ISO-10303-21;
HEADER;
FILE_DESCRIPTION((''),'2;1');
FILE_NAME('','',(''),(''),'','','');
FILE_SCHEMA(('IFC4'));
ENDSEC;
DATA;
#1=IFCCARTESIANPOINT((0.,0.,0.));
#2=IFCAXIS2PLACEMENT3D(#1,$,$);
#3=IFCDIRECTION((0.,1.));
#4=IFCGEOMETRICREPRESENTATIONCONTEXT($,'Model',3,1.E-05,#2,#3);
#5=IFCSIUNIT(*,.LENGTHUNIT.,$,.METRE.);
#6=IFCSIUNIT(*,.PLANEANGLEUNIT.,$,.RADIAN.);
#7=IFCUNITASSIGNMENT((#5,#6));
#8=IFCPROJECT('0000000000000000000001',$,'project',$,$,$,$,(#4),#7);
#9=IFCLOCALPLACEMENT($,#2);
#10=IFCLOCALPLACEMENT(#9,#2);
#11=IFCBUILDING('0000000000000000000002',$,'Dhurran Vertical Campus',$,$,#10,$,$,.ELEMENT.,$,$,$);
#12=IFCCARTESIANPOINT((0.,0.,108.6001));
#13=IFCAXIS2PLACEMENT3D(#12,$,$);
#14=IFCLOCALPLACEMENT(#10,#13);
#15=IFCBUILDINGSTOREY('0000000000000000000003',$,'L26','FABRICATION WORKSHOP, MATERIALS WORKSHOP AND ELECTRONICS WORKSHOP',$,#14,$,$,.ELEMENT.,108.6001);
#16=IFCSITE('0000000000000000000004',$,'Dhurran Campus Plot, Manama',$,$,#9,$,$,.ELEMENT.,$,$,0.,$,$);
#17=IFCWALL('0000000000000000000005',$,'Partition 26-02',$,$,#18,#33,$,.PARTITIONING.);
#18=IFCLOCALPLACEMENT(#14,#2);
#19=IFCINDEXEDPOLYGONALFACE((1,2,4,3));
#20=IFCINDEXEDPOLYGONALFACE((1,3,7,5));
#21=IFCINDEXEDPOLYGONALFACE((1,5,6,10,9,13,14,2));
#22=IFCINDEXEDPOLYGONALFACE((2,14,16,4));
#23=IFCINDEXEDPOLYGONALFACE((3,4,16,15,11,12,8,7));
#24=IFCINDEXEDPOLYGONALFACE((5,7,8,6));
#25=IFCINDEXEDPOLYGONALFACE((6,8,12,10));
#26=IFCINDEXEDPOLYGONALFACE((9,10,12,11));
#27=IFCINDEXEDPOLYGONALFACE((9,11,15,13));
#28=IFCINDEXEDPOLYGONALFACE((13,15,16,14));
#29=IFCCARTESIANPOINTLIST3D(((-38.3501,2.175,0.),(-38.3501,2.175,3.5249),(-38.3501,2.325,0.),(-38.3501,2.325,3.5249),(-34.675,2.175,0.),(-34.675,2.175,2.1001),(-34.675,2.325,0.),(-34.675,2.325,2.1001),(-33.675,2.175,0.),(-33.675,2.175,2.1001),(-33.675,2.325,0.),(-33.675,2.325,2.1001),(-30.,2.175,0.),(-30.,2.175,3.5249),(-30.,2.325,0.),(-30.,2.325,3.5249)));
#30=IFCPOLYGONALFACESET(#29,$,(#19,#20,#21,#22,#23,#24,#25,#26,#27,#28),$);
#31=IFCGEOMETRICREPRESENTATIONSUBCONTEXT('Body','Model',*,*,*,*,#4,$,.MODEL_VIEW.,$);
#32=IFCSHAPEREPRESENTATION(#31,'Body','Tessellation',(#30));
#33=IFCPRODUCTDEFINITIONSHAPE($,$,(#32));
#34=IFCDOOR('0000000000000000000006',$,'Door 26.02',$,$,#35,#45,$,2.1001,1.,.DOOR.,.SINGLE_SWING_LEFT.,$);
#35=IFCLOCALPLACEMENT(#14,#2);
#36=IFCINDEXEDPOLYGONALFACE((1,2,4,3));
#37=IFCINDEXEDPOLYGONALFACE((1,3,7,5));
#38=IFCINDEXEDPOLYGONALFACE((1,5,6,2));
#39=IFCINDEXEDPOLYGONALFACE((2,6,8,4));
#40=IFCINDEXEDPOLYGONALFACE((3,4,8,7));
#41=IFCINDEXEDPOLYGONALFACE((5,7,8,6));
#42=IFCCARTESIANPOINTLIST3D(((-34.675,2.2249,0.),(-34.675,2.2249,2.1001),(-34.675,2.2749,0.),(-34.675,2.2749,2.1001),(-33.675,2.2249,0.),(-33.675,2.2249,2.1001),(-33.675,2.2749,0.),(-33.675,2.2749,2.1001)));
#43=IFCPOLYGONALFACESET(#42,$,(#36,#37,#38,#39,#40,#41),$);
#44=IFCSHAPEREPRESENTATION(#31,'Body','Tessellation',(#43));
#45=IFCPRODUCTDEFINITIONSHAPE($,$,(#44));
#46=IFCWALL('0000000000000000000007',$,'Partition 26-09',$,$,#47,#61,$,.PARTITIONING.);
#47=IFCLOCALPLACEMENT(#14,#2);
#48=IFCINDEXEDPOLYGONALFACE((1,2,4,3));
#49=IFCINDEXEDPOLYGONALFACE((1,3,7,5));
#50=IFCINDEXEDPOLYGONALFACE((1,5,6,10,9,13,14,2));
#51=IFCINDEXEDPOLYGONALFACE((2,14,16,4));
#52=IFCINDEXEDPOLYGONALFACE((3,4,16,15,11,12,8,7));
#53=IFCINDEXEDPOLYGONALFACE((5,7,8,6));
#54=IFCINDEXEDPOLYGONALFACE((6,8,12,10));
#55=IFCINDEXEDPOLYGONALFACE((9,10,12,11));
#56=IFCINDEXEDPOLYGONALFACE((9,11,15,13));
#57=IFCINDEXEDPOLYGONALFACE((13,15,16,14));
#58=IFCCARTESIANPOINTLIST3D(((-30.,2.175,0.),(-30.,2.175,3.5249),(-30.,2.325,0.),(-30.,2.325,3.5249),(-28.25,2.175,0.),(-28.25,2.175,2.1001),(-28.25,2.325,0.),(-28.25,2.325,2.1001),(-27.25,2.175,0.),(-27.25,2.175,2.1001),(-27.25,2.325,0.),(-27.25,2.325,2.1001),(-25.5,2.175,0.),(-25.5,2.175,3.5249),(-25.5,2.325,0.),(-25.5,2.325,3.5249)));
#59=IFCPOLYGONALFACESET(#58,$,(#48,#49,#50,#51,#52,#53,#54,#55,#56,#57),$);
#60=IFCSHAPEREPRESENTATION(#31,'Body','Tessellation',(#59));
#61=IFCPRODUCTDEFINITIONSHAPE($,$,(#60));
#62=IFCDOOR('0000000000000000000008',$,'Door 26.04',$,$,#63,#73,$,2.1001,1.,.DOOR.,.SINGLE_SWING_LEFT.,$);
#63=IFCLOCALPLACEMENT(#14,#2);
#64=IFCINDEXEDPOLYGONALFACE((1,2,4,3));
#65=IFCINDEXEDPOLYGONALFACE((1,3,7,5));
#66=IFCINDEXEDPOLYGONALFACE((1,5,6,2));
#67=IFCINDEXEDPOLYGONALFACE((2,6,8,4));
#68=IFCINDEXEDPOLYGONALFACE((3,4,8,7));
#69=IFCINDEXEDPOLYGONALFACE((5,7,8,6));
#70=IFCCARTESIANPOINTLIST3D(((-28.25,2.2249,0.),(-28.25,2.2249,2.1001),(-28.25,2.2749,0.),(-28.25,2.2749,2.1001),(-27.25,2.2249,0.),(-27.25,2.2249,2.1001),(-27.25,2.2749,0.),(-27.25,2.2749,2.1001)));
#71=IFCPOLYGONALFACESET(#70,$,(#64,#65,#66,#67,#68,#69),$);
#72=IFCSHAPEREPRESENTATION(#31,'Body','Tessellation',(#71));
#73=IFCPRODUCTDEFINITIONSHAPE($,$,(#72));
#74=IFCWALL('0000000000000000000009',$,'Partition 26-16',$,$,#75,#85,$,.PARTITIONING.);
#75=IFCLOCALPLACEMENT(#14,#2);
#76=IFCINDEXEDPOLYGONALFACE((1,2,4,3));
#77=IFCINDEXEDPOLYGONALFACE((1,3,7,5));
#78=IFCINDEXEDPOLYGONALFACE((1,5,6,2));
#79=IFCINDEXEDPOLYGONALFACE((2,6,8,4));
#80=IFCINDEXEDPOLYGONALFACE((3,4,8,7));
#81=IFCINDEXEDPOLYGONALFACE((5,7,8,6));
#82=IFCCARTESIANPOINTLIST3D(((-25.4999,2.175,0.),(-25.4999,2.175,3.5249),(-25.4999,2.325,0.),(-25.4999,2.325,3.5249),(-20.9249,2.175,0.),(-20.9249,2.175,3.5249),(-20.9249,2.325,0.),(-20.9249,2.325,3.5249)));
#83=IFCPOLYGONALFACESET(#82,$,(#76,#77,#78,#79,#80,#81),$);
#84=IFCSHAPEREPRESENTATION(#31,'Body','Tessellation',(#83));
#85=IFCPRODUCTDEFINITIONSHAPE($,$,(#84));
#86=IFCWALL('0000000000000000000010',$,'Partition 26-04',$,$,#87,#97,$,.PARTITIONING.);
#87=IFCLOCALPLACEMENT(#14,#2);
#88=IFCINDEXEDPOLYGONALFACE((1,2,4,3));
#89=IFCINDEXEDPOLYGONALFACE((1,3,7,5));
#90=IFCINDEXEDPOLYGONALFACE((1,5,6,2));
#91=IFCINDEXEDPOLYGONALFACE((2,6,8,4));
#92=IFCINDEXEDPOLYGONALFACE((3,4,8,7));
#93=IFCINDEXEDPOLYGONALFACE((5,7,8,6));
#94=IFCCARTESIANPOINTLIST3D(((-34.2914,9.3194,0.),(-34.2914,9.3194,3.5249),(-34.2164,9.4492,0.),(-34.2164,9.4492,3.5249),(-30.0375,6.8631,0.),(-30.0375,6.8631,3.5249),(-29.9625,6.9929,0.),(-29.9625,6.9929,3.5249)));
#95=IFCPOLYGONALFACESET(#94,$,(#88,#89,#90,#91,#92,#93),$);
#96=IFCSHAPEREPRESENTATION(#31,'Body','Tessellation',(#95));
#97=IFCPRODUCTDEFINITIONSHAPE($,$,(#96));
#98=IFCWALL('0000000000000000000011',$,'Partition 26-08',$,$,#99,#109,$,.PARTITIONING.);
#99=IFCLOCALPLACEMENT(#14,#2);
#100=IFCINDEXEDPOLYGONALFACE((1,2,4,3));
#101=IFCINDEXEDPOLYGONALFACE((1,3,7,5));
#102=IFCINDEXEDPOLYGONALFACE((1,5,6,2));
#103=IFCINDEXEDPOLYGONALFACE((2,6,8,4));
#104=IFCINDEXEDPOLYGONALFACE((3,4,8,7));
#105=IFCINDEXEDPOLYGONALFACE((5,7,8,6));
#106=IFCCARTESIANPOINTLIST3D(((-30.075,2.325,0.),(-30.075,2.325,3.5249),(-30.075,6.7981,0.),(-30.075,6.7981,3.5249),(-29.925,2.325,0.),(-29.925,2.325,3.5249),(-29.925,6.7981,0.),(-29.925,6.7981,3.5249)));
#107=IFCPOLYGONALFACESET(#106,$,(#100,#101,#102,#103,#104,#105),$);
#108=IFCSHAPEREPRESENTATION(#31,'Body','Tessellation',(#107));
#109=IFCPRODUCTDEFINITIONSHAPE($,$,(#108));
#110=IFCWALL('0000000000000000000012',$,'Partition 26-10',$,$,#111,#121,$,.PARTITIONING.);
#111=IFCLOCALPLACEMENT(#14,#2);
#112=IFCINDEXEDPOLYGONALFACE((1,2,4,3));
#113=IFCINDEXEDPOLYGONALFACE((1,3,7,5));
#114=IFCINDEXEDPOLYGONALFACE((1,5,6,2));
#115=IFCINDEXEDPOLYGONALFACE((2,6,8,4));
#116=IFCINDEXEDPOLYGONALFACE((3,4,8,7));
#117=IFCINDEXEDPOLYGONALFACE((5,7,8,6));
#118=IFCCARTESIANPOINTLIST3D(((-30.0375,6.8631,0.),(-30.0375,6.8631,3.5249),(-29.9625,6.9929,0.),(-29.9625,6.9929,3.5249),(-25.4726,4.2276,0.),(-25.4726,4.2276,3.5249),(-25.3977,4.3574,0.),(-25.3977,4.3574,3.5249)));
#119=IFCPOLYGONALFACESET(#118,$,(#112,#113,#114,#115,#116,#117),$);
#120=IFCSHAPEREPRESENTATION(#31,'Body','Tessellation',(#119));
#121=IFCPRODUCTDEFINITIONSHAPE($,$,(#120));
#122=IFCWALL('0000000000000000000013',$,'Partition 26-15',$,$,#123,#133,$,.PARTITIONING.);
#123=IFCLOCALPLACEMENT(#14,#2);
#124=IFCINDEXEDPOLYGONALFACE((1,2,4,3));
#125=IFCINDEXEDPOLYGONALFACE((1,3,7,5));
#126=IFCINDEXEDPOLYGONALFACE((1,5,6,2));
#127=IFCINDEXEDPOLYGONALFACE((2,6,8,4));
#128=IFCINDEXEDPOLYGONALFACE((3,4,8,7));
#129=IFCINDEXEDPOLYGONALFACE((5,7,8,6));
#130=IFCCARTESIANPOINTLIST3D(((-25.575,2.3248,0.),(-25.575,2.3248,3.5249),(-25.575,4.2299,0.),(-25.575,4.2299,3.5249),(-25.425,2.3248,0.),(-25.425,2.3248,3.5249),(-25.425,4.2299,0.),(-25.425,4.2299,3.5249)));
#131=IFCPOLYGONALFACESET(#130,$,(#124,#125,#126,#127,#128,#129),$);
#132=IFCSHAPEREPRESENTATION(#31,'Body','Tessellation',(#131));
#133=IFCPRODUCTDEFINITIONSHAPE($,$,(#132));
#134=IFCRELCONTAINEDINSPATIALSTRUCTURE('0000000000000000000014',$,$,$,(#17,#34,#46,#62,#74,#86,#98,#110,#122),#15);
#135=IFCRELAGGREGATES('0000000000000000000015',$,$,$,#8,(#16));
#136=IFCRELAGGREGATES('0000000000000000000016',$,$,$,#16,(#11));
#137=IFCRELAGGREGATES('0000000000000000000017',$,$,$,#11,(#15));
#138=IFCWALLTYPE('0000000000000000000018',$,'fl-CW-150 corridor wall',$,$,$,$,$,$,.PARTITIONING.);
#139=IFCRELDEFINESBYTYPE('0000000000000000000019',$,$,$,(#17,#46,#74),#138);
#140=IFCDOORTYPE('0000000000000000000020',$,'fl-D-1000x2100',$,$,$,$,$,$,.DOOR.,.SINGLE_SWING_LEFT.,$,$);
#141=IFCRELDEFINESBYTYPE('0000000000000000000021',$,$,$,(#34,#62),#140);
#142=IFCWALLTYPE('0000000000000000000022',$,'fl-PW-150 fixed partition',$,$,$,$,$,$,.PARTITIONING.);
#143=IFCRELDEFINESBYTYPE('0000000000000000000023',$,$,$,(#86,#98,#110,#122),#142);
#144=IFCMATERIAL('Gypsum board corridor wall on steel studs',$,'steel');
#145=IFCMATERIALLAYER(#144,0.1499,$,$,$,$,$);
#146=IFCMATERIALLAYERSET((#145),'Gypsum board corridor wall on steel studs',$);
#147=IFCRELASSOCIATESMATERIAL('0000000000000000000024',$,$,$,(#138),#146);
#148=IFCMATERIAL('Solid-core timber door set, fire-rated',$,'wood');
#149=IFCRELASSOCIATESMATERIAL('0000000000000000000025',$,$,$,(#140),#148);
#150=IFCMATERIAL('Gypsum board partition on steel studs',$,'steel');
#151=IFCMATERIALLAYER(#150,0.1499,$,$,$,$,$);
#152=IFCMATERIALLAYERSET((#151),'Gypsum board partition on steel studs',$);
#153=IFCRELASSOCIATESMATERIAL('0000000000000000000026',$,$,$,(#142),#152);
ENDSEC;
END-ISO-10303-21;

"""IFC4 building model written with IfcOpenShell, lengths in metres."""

from ifc_helpers import new_model, si_unit, direction, frame, frame_2d, origin, place, context, subcontext, project, spatial, rectangle, extrude, material, layer, layer_set, type_object, element, fill, save


model = new_model("IFC4")

# Units and contexts
model_context = context("Model", 3, precision=1e-05, world=origin(), true_north=direction((0.0, 1.0)))
body_context = subcontext(model_context, "Body", "Model", "MODEL_VIEW")
ifc_project = project(units=[si_unit("LENGTHUNIT", "METRE"), si_unit("PLANEANGLEUNIT", "RADIAN")], contexts=[model_context])

# Site, building, storey
site_placement = place(None, origin())
site = spatial("IfcSite", under=ifc_project, at=site_placement, Name="Dhurran Campus Plot, Manama", CompositionType="ELEMENT", RefElevation=0.0)
building_placement = place(site_placement, origin())
building = spatial("IfcBuilding", under=site, at=building_placement, Name="Dhurran Vertical Campus", CompositionType="ELEMENT")
storey_placement = place(building_placement, frame((0.0, 0.0, 108.6001)))
storey = spatial("IfcBuildingStorey", under=building, at=storey_placement, Name="L26", Description="FABRICATION WORKSHOP, MATERIALS WORKSHOP AND ELECTRONICS WORKSHOP", CompositionType="ELEMENT", Elevation=108.6001)

# Walls, openings, doors
ifc_material_1 = material(Name="Gypsum board corridor wall on steel studs", Category="steel")
ifc_layer_1 = layer(ifc_material_1, 0.1499)
ifc_layer_set_1 = layer_set([ifc_layer_1], Name="Gypsum board corridor wall on steel studs")
wall_type_1 = type_object("IfcWallType", Name="fl-CW-150 corridor wall", PredefinedType="PARTITIONING", material=ifc_layer_set_1)
wall_1_placement = place(storey_placement, frame((-38.3501, 2.25, 0.0), z_axis=(0.0, 0.0, 1.0), x_axis=(1.0, 0.0, 0.0)))
wall_1 = element("IfcWall", 1, at=wall_1_placement, inside=storey, type_object=wall_type_1, Name="Partition 26-02", PredefinedType="PARTITIONING", context=body_context, shape_type="SweptSolid", body=[
    extrude(rectangle(XDim=8.3501, YDim=0.1499, at=frame_2d((4.175, 0.0))), origin(), (0.0, 0.0, 1.0), 3.5249),
])
opening_1_placement = place(wall_1_placement, frame((3.675, 0.0, 0.0)))
opening_1 = element("IfcOpeningElement", 2, at=opening_1_placement, cuts=wall_1, PredefinedType="OPENING", context=body_context, shape_type="SweptSolid", body=[
    extrude(rectangle(XDim=1.0, YDim=2.1001, at=frame_2d((0.5, 1.05))), frame((0.0, 0.085, 0.0), z_axis=(0.0, -1.0, 0.0), x_axis=(1.0, 0.0, 0.0)), (0.0, 0.0, 1.0), 0.1699),
])
ifc_material_2 = material(Name="Solid-core timber door set, fire-rated", Category="wood")
door_type_1 = type_object("IfcDoorType", Name="fl-D-1000x2100", OperationType="SINGLE_SWING_LEFT", PredefinedType="DOOR", material=ifc_material_2)
door_1_placement = place(opening_1_placement, origin())
door_1 = element("IfcDoor", 3, at=door_1_placement, inside=storey, type_object=door_type_1, Name="Door 26.02", OperationType="SINGLE_SWING_LEFT", OverallHeight=2.1001, OverallWidth=1.0, PredefinedType="DOOR", context=body_context, shape_type="SweptSolid", body=[
    extrude(rectangle(XDim=1.0, YDim=2.1001, at=frame_2d((0.5, 1.05))), frame((0.0, 0.0249, 0.0), z_axis=(0.0, -1.0, 0.0), x_axis=(1.0, 0.0, 0.0)), (0.0, 0.0, 1.0), 0.05),
])
fill(opening_1, door_1)
wall_2_placement = place(storey_placement, frame((-30.0, 2.25, 0.0), z_axis=(0.0, 0.0, 1.0), x_axis=(1.0, 0.0, 0.0)))
wall_2 = element("IfcWall", 4, at=wall_2_placement, inside=storey, type_object=wall_type_1, Name="Partition 26-09", PredefinedType="PARTITIONING", context=body_context, shape_type="SweptSolid", body=[
    extrude(rectangle(XDim=4.5, YDim=0.1499, at=frame_2d((2.25, 0.0))), origin(), (0.0, 0.0, 1.0), 3.5249),
])
opening_2_placement = place(wall_2_placement, frame((1.75, 0.0, 0.0)))
opening_2 = element("IfcOpeningElement", 5, at=opening_2_placement, cuts=wall_2, PredefinedType="OPENING", context=body_context, shape_type="SweptSolid", body=[
    extrude(rectangle(XDim=1.0, YDim=2.1001, at=frame_2d((0.5, 1.05))), frame((0.0, 0.085, 0.0), z_axis=(0.0, -1.0, 0.0), x_axis=(1.0, 0.0, 0.0)), (0.0, 0.0, 1.0), 0.1699),
])
door_2_placement = place(opening_2_placement, origin())
door_2 = element("IfcDoor", 6, at=door_2_placement, inside=storey, type_object=door_type_1, Name="Door 26.04", OperationType="SINGLE_SWING_LEFT", OverallHeight=2.1001, OverallWidth=1.0, PredefinedType="DOOR", context=body_context, shape_type="SweptSolid", body=[
    extrude(rectangle(XDim=1.0, YDim=2.1001, at=frame_2d((0.5, 1.05))), frame((0.0, 0.0249, 0.0), z_axis=(0.0, -1.0, 0.0), x_axis=(1.0, 0.0, 0.0)), (0.0, 0.0, 1.0), 0.05),
])
fill(opening_2, door_2)

# Walls
wall_3_placement = place(storey_placement, frame((-25.5, 2.25, 0.0), z_axis=(0.0, 0.0, 1.0), x_axis=(1.0, 0.0, 0.0)))
element("IfcWall", 7, at=wall_3_placement, inside=storey, type_object=wall_type_1, Name="Partition 26-16", PredefinedType="PARTITIONING", context=body_context, shape_type="SweptSolid", body=[
    extrude(rectangle(XDim=4.575, YDim=0.1499, at=frame_2d((2.2876, 0.0))), origin(), (0.0, 0.0, 1.0), 3.5249),
])
ifc_material_3 = material(Name="Gypsum board partition on steel studs", Category="steel")
ifc_layer_2 = layer(ifc_material_3, 0.1499)
ifc_layer_set_2 = layer_set([ifc_layer_2], Name="Gypsum board partition on steel studs")
wall_type_2 = type_object("IfcWallType", Name="fl-PW-150 fixed partition", PredefinedType="PARTITIONING", material=ifc_layer_set_2)
wall_4_placement = place(storey_placement, frame((-34.2539, 9.3843, 0.0), z_axis=(0.0, 0.0, 1.0), x_axis=(0.865999, -0.500047, 0.0)))
element("IfcWall", 8, at=wall_4_placement, inside=storey, type_object=wall_type_2, Name="Partition 26-04", PredefinedType="PARTITIONING", context=body_context, shape_type="SweptSolid", body=[
    extrude(rectangle(XDim=4.9121, YDim=0.1499, at=frame_2d((2.4561, 0.0))), origin(), (0.0, 0.0, 1.0), 3.5249),
])
wall_5_placement = place(storey_placement, frame((-30.0, 6.7981, 0.0), z_axis=(0.0, 0.0, 1.0), x_axis=(0.0, -1.0, 0.0)))
element("IfcWall", 9, at=wall_5_placement, inside=storey, type_object=wall_type_2, Name="Partition 26-08", PredefinedType="PARTITIONING", context=body_context, shape_type="SweptSolid", body=[
    extrude(rectangle(XDim=4.4731, YDim=0.1499, at=frame_2d((2.2366, 0.0))), origin(), (0.0, 0.0, 1.0), 3.5249),
])
wall_6_placement = place(storey_placement, frame((-30.0, 6.928, 0.0), z_axis=(0.0, 0.0, 1.0), x_axis=(0.866031, -0.49999, 0.0)))
element("IfcWall", 10, at=wall_6_placement, inside=storey, type_object=wall_type_2, Name="Partition 26-10", PredefinedType="PARTITIONING", context=body_context, shape_type="SweptSolid", body=[
    extrude(rectangle(XDim=5.271, YDim=0.1499, at=frame_2d((2.6355, 0.0))), origin(), (0.0, 0.0, 1.0), 3.5249),
])
wall_7_placement = place(storey_placement, frame((-25.5, 4.23, 0.0), z_axis=(0.0, 0.0, 1.0), x_axis=(0.0, -1.0, 0.0)))
element("IfcWall", 11, at=wall_7_placement, inside=storey, type_object=wall_type_2, Name="Partition 26-15", PredefinedType="PARTITIONING", context=body_context, shape_type="SweptSolid", body=[
    extrude(rectangle(XDim=1.905, YDim=0.1499, at=frame_2d((0.9526, 0.0))), origin(), (0.0, 0.0, 1.0), 3.5249),
])

save(model, "model.ifc")
